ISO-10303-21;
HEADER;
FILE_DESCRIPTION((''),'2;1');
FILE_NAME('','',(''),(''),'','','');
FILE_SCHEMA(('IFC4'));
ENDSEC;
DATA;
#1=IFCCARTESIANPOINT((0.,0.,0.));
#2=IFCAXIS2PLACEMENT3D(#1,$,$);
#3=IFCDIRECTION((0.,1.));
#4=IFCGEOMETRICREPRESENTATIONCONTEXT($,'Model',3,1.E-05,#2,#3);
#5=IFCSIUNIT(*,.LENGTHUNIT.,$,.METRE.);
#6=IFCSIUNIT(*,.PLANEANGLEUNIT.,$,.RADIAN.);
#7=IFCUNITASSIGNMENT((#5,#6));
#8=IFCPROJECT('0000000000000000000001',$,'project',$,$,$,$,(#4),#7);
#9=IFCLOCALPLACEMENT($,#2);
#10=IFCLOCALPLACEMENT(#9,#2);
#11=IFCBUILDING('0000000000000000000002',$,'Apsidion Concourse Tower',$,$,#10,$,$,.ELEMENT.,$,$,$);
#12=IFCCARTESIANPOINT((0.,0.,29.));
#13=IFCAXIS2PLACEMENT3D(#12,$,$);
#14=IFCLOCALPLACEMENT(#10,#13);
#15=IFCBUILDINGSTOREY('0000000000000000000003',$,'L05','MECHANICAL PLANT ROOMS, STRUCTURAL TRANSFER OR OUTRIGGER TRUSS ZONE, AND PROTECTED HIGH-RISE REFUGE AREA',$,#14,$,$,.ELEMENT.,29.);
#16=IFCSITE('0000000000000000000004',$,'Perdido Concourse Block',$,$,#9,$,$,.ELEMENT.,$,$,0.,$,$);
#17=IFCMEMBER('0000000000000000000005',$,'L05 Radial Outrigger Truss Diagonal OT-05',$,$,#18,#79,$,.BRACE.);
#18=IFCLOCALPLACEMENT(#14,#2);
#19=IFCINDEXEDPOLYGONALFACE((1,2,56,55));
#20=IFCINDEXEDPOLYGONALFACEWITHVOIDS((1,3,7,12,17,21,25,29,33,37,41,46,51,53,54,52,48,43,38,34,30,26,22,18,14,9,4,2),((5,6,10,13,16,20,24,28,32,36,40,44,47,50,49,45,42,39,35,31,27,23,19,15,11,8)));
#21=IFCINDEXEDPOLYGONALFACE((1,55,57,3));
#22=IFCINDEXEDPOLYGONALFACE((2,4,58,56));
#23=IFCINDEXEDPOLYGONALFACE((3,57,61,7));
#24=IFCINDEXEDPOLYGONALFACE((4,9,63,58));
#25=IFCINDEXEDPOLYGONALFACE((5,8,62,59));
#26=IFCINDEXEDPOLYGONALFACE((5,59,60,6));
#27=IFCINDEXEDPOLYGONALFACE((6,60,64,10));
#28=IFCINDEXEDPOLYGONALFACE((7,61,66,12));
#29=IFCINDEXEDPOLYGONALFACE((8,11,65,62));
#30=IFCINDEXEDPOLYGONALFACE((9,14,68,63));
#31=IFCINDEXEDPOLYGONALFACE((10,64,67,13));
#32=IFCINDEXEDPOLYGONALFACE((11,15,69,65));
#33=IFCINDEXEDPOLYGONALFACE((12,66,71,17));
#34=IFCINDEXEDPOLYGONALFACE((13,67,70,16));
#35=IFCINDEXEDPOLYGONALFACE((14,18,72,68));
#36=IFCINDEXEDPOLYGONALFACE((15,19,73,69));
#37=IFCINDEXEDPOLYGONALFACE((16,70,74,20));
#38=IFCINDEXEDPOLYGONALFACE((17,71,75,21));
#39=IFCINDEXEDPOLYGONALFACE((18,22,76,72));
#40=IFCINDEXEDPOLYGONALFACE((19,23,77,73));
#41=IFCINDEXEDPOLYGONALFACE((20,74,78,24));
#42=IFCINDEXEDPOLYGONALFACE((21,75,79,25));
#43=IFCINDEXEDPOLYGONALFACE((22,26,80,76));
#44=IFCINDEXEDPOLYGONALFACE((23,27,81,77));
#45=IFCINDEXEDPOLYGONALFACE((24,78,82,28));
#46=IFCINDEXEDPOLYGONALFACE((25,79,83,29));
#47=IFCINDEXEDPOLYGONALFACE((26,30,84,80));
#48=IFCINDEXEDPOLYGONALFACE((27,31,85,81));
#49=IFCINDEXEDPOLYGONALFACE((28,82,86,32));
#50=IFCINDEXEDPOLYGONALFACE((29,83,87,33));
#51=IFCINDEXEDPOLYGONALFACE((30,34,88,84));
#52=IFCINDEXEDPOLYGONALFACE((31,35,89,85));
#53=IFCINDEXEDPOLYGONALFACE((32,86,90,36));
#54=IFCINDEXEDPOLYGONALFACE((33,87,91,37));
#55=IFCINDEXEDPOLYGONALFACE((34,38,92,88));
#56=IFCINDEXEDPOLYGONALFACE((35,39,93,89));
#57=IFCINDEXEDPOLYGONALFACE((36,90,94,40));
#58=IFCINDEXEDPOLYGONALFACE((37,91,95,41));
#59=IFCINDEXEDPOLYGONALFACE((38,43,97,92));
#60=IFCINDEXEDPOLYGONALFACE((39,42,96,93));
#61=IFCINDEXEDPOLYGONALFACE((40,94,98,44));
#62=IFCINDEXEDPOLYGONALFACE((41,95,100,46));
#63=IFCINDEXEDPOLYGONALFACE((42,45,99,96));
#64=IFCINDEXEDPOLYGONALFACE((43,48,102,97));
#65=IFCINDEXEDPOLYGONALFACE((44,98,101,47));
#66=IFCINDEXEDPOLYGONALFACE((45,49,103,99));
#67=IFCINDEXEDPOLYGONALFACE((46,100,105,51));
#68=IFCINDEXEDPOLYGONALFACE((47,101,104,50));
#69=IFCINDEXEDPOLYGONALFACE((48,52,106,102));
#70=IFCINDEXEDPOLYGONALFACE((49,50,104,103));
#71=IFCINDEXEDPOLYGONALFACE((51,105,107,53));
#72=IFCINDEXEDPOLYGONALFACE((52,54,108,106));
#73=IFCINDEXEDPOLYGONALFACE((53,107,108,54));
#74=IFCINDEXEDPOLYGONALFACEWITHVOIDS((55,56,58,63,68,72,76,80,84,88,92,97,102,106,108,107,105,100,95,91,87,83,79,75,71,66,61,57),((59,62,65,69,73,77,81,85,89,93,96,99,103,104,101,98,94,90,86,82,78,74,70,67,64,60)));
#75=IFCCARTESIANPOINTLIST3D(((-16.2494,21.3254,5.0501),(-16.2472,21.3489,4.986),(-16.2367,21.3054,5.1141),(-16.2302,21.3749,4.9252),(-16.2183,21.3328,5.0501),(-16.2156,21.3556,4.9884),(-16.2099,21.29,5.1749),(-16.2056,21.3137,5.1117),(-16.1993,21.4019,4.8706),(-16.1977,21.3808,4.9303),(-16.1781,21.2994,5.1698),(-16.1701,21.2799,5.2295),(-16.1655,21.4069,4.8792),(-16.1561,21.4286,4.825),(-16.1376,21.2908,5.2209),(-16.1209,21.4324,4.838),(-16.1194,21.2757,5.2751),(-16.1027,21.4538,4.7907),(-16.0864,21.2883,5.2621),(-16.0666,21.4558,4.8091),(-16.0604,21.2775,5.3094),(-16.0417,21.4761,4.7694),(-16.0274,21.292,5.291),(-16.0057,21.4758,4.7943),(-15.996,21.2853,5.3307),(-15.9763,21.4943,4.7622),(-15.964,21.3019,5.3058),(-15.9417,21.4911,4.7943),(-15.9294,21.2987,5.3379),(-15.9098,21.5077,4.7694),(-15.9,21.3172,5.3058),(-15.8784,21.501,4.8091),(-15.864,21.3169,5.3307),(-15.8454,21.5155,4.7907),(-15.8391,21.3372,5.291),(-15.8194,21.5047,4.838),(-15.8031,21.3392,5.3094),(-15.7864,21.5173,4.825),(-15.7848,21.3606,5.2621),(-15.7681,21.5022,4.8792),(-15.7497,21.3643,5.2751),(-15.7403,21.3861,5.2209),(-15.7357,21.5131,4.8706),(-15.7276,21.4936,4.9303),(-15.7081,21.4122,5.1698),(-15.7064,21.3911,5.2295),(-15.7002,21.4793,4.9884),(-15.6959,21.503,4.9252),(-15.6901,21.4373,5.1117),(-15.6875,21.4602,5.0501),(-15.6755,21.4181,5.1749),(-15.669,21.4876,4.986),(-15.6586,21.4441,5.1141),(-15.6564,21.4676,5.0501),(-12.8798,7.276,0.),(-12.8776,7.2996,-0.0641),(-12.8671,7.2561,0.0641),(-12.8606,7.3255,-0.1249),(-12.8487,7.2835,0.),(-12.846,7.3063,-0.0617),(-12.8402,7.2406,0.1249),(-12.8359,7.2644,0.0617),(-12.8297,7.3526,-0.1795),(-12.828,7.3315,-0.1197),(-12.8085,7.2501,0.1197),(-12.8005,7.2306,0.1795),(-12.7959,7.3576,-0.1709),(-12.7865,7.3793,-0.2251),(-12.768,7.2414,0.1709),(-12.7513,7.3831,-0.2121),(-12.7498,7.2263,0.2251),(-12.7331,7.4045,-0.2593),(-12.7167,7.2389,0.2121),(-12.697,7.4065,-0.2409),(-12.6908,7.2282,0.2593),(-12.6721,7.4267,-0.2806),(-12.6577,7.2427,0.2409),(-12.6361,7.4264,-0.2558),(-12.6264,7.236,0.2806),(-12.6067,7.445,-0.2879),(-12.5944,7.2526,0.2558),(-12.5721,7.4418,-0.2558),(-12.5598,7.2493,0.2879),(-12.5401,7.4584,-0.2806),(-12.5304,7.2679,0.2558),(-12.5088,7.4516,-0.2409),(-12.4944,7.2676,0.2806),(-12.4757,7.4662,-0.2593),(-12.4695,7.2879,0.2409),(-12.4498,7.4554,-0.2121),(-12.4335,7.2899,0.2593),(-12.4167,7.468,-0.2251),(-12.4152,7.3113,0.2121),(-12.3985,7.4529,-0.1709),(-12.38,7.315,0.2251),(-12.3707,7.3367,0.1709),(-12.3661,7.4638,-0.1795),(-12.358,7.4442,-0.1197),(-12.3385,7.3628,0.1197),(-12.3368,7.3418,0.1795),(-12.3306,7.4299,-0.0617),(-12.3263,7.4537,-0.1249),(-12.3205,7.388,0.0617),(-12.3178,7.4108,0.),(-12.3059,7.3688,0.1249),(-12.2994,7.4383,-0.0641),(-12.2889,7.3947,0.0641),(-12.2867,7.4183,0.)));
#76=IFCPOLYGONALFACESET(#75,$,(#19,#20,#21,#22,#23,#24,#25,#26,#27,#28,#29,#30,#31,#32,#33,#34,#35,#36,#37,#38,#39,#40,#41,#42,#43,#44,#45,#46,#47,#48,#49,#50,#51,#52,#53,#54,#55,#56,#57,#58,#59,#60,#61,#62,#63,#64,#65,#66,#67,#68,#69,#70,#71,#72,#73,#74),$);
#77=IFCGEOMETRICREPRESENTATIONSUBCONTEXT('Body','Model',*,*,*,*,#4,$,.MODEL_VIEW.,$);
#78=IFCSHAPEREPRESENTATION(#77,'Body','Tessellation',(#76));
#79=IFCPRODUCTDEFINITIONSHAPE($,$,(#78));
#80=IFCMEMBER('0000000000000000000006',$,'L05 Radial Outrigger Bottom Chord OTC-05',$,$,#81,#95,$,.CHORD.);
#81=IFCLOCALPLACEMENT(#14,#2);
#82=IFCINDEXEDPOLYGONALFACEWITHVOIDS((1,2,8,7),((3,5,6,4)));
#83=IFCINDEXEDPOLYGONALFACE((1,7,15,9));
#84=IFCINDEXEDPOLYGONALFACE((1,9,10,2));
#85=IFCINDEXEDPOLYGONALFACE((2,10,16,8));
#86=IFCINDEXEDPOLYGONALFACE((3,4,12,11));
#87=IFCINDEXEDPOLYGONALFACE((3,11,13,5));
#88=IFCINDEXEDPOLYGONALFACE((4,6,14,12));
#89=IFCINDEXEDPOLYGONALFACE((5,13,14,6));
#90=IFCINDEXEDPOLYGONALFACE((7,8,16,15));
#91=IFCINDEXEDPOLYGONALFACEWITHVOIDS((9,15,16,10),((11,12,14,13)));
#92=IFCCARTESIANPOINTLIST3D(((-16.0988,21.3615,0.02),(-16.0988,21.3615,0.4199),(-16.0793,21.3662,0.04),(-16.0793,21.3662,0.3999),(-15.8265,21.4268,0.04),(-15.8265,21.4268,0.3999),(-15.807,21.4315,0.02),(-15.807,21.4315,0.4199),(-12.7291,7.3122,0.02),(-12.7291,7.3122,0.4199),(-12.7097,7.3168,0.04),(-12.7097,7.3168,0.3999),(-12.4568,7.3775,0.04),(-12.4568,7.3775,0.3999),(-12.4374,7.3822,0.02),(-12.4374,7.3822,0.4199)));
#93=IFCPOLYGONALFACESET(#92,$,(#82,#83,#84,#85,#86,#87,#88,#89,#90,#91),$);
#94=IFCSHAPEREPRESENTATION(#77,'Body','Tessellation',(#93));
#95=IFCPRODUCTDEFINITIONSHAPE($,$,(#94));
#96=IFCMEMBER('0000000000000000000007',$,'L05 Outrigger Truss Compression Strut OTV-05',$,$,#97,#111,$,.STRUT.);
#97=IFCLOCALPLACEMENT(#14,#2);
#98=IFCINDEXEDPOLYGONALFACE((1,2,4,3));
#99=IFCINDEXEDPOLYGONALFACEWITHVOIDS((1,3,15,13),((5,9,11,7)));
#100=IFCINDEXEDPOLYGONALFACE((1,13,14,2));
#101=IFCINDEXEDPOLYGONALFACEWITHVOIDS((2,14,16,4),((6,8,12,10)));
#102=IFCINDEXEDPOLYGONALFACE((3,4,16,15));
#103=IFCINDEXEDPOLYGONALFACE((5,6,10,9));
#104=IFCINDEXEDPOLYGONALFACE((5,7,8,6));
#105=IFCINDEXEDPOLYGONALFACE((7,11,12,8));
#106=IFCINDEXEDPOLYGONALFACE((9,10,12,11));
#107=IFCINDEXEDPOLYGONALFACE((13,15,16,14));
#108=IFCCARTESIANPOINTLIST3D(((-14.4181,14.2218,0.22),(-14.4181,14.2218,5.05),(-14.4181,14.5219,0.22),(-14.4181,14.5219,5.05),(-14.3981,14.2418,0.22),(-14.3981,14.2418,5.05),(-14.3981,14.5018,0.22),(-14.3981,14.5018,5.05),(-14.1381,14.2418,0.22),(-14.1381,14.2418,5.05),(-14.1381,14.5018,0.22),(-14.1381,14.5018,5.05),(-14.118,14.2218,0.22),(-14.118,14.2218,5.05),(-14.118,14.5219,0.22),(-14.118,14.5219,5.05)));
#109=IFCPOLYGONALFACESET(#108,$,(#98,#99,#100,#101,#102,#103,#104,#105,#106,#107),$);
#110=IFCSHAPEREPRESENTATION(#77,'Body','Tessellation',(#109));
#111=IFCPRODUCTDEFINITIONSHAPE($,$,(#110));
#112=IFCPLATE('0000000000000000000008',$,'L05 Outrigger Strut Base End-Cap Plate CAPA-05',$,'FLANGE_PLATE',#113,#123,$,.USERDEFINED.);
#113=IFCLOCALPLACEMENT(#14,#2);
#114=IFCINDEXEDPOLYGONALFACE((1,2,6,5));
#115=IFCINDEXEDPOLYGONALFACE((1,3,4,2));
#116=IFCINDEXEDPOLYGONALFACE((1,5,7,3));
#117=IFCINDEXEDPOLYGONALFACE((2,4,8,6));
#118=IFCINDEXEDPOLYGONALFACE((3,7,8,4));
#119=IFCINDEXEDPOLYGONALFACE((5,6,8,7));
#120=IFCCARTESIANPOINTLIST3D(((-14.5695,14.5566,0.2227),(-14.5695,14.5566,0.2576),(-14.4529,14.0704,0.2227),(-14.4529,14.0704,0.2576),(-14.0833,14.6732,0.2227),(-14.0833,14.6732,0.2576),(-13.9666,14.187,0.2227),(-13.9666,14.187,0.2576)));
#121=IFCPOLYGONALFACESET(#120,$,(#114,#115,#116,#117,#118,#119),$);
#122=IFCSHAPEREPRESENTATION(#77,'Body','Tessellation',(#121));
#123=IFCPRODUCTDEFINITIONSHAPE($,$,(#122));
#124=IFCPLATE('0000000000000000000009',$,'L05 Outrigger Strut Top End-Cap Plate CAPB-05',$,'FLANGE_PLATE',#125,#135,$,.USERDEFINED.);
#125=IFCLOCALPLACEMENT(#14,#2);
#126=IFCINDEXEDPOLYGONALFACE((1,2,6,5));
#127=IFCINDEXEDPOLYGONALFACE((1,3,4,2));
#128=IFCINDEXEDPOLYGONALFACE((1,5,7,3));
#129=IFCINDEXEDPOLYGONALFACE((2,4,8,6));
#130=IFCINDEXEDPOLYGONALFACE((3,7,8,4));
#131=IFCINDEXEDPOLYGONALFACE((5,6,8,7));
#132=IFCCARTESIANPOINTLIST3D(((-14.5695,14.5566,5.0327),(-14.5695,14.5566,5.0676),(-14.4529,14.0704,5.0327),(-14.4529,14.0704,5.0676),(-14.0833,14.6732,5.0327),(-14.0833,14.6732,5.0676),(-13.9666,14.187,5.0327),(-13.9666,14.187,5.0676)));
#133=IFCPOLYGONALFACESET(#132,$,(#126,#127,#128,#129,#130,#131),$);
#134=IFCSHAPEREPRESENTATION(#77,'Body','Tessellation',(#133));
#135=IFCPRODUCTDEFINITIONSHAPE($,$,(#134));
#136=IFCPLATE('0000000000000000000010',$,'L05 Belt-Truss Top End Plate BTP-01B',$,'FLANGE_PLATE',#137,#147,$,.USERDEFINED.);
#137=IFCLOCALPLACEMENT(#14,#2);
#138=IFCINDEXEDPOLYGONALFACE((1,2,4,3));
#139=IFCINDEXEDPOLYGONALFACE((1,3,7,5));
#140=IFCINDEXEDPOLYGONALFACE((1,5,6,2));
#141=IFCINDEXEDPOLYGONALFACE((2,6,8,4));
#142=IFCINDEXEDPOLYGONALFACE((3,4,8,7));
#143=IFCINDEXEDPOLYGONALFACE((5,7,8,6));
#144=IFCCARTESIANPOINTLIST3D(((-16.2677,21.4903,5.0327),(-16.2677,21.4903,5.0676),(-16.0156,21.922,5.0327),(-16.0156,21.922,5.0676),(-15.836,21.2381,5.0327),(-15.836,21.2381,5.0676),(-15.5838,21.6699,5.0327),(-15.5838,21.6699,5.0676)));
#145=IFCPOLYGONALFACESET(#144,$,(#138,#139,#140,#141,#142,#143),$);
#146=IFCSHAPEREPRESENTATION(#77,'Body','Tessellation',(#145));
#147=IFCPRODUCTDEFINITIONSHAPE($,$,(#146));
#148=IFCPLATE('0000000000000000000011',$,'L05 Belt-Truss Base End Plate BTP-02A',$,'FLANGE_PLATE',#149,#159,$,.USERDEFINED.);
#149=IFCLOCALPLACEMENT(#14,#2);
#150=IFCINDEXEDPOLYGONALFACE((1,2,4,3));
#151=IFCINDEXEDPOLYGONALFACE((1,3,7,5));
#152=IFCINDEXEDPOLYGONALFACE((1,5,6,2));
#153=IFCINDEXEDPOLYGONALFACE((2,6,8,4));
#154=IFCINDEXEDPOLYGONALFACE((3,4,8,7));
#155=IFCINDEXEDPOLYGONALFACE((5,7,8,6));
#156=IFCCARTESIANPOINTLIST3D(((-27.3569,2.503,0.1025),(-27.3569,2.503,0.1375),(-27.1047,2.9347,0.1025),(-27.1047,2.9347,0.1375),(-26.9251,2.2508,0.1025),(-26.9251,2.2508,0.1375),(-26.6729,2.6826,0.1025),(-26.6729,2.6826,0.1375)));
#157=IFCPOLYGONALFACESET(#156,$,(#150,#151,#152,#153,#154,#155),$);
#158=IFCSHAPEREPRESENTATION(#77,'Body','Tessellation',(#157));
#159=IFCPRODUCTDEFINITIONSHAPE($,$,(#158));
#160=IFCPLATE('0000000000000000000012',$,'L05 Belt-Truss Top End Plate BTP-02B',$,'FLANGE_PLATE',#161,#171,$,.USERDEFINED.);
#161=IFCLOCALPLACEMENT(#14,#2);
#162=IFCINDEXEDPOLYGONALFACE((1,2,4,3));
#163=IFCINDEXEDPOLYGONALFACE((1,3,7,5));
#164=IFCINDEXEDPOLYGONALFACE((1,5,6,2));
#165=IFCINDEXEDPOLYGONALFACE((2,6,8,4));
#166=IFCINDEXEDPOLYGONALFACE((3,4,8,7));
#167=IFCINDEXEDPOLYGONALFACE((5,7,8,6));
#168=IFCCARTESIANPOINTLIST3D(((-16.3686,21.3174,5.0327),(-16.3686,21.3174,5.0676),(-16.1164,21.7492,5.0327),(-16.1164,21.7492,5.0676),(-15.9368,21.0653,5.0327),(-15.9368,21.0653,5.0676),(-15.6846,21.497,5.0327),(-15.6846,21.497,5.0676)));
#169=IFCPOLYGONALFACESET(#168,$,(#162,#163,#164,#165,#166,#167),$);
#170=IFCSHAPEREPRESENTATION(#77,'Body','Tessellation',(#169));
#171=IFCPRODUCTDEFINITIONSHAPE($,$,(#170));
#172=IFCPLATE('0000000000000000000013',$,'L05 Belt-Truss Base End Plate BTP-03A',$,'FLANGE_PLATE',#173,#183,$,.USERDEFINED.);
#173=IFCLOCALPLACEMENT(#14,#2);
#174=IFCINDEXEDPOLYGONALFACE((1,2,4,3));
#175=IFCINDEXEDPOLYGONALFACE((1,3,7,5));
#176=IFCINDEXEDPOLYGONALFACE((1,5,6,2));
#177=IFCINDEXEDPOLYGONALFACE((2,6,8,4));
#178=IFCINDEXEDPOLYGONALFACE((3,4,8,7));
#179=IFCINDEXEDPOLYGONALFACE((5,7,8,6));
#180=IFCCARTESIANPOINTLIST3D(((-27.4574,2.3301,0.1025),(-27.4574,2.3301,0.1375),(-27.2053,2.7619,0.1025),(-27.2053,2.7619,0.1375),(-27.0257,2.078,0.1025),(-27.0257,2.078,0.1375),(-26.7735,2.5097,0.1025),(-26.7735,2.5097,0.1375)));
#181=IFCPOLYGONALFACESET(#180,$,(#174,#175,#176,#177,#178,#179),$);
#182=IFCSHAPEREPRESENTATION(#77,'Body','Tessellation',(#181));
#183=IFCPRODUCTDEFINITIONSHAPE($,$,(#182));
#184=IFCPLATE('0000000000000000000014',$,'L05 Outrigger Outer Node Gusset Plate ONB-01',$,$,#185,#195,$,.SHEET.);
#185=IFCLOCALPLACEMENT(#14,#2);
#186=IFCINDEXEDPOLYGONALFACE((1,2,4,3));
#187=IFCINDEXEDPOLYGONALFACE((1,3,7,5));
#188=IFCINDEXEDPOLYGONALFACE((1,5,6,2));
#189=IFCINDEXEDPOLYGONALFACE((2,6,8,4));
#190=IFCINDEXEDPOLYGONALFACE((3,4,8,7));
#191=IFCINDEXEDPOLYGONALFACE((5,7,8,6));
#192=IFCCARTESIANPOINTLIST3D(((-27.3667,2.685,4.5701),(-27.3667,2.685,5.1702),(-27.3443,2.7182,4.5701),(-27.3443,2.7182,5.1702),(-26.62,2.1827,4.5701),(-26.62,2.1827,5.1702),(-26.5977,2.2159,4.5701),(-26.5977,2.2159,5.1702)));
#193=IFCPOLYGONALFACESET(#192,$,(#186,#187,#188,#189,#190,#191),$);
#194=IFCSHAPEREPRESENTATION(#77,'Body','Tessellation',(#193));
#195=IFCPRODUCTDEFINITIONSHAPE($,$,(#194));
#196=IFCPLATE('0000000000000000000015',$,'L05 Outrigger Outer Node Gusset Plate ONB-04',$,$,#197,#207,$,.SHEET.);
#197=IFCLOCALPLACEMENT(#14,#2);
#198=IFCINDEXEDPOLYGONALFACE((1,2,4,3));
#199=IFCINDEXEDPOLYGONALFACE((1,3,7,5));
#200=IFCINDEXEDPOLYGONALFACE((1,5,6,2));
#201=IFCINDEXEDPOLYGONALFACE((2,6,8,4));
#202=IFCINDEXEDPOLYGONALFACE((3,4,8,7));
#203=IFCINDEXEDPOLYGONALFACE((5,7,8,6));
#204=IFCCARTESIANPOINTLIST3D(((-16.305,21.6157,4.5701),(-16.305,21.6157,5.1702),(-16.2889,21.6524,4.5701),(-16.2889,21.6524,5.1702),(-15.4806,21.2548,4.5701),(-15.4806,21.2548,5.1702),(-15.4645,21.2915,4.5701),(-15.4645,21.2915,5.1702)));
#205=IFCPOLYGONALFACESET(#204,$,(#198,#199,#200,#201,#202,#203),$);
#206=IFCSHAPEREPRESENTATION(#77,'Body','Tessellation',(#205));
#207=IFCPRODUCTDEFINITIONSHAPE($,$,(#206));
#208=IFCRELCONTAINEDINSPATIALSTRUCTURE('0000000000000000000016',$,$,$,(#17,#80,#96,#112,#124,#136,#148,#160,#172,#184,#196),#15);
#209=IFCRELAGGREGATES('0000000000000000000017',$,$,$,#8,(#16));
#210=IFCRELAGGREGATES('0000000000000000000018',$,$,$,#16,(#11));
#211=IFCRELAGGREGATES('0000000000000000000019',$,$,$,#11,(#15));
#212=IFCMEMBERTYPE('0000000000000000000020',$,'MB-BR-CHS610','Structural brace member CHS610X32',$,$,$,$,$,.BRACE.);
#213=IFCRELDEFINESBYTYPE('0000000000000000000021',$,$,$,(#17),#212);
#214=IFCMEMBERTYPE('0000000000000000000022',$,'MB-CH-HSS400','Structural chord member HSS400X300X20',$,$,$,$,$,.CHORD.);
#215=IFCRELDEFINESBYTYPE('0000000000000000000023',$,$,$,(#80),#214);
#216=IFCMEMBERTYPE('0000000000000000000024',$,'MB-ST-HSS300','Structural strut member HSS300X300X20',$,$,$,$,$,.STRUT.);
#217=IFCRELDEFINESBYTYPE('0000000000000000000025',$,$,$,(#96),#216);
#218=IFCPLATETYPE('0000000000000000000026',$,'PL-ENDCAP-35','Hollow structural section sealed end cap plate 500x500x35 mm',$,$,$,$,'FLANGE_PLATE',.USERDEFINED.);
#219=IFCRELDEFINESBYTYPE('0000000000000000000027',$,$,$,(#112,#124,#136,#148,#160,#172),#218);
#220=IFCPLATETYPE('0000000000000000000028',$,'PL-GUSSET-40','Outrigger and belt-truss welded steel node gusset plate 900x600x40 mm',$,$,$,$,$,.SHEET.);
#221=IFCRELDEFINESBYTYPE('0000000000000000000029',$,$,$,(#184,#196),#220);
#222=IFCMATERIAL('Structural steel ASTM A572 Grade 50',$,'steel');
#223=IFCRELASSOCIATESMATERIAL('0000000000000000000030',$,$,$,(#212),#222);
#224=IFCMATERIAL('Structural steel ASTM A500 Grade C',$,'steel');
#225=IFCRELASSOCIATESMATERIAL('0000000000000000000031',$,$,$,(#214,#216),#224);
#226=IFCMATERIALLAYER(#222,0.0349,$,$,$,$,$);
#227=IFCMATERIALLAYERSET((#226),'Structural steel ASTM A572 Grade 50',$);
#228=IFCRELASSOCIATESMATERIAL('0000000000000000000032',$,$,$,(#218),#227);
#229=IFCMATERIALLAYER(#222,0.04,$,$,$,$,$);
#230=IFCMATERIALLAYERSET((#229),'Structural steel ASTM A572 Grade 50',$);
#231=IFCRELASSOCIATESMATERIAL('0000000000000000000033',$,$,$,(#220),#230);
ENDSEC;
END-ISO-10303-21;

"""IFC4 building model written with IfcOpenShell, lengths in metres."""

from ifc_helpers import new_model, si_unit, direction, frame, origin, origin_2d, place, context, subcontext, project, spatial, rectangle, hollow_rectangle, hollow_circle, extrude, material, layer, layer_set, material_profile, profile_set, type_object, element, save


model = new_model("IFC4")

# Units and contexts
model_context = context("Model", 3, precision=1e-05, world=origin(), true_north=direction((0.0, 1.0)))
body_context = subcontext(model_context, "Body", "Model", "MODEL_VIEW")
ifc_project = project(units=[si_unit("LENGTHUNIT", "METRE"), si_unit("PLANEANGLEUNIT", "RADIAN")], contexts=[model_context])

# Site, building, storey
site_placement = place(None, origin())
site = spatial("IfcSite", under=ifc_project, at=site_placement, Name="Perdido Concourse Block", CompositionType="ELEMENT", RefElevation=0.0)
building_placement = place(site_placement, origin())
building = spatial("IfcBuilding", under=site, at=building_placement, Name="Apsidion Concourse Tower", CompositionType="ELEMENT")
storey_placement = place(building_placement, frame((0.0, 0.0, 29.0)))
storey = spatial("IfcBuildingStorey", under=building, at=storey_placement, Name="L05", Description="MECHANICAL PLANT ROOMS, STRUCTURAL TRANSFER OR OUTRIGGER TRUSS ZONE, AND PROTECTED HIGH-RISE REFUGE AREA", CompositionType="ELEMENT", Elevation=29.0)

# Shared definitions
ifc_material_1 = material(Name="Structural steel ASTM A572 Grade 50", Category="steel")

# Members
ifc_material_2 = material(Name="Structural steel ASTM A500 Grade C", Category="steel")
ifc_material_profile_1 = material_profile(ifc_material_1, hollow_circle(Radius=0.3049, WallThickness=0.032, at=origin_2d()), Name="CHS610X32")
ifc_profile_set_1 = profile_set([ifc_material_profile_1], Name="Structural steel ASTM A572 Grade 50")
member_type_1 = type_object("IfcMemberType", Name="MB-BR-CHS610", Description="Structural brace member CHS610X32", PredefinedType="BRACE", material=ifc_profile_set_1)
member_1_placement = place(storey_placement, frame((-12.5833, 7.3472, 0.0), z_axis=(-0.220166, 0.917961, 0.329962), x_axis=(-0.972422, -0.233229, 0.0)))
element("IfcMember", 1, at=member_1_placement, inside=storey, type_object=member_type_1, Name="L05 Radial Outrigger Truss Diagonal OT-05", PredefinedType="BRACE", context=body_context, shape_type="SweptSolid", body=[
    extrude(hollow_circle(Radius=0.3049, WallThickness=0.032, at=origin_2d()), origin(), (0.0, 0.0, 1.0), 15.3049),
])
ifc_material_profile_2 = material_profile(ifc_material_2, hollow_rectangle(XDim=0.3, YDim=0.3999, WallThickness=0.02, at=origin_2d()), Name="HSS400X300X20")
ifc_profile_set_2 = profile_set([ifc_material_profile_2], Name="Structural steel ASTM A500 Grade C")
member_type_2 = type_object("IfcMemberType", Name="MB-CH-HSS400", Description="Structural chord member HSS400X300X20", PredefinedType="CHORD", material=ifc_profile_set_2)
member_2_placement = place(storey_placement, frame((-12.5833, 7.3472, 0.22), z_axis=(-0.233229, 0.972422, 0.0), x_axis=(-0.972422, -0.233229, 0.0)))
element("IfcMember", 2, at=member_2_placement, inside=storey, type_object=member_type_2, Name="L05 Radial Outrigger Bottom Chord OTC-05", PredefinedType="CHORD", context=body_context, shape_type="SweptSolid", body=[
    extrude(hollow_rectangle(XDim=0.3, YDim=0.3999, WallThickness=0.02, at=origin_2d()), origin(), (0.0, 0.0, 1.0), 14.4478),
])
ifc_material_profile_3 = material_profile(ifc_material_2, hollow_rectangle(XDim=0.3, YDim=0.3, WallThickness=0.02, at=origin_2d()), Name="HSS300X300X20")
ifc_profile_set_3 = profile_set([ifc_material_profile_3], Name="Structural steel ASTM A500 Grade C")
member_type_3 = type_object("IfcMemberType", Name="MB-ST-HSS300", Description="Structural strut member HSS300X300X20", PredefinedType="STRUT", material=ifc_profile_set_3)
member_3_placement = place(storey_placement, frame((-14.2681, 14.3718, 0.22), z_axis=(0.0, 0.0, 1.0), x_axis=(1.0, 0.0, 0.0)))
element("IfcMember", 3, at=member_3_placement, inside=storey, type_object=member_type_3, Name="L05 Outrigger Truss Compression Strut OTV-05", PredefinedType="STRUT", context=body_context, shape_type="SweptSolid", body=[
    extrude(hollow_rectangle(XDim=0.3, YDim=0.3, WallThickness=0.02, at=origin_2d()), origin(), (0.0, 0.0, 1.0), 4.8301),
])

# Plates
ifc_layer_1 = layer(ifc_material_1, 0.0349)
ifc_layer_set_1 = layer_set([ifc_layer_1], Name="Structural steel ASTM A572 Grade 50")
plate_type_1 = type_object("IfcPlateType", Name="PL-ENDCAP-35", Description="Hollow structural section sealed end cap plate 500x500x35 mm", ElementType="FLANGE_PLATE", PredefinedType="USERDEFINED", material=ifc_layer_set_1)
for number, where, z_axis, x_axis, name in (
    (4, (-14.2681, 14.3718, 0.2227), (0.0, 0.0, 1.0), (-0.233276, 0.972411, 0.0), "L05 Outrigger Strut Base End-Cap Plate CAPA-05"),
    (5, (-14.2681, 14.3718, 5.0327), (0.0, 0.0, 1.0), (-0.233276, 0.972411, 0.0), "L05 Outrigger Strut Top End-Cap Plate CAPB-05"),
    (6, (-15.9258, 21.5801, 5.0327), (0.0, 0.0, 1.0), (0.504377, 0.863484, 0.0), "L05 Belt-Truss Top End Plate BTP-01B"),
    (7, (-27.0149, 2.5928, 0.1025), (0.0, 0.0, 1.0), (0.504377, 0.863484, 0.0), "L05 Belt-Truss Base End Plate BTP-02A"),
    (8, (-16.0266, 21.4072, 5.0327), (0.0, 0.0, 1.0), (0.504377, 0.863484, 0.0), "L05 Belt-Truss Top End Plate BTP-02B"),
    (9, (-27.1155, 2.4199, 0.1025), (0.0, 0.0, 1.0), (0.504377, 0.863484, 0.0), "L05 Belt-Truss Base End Plate BTP-03A"),
):
    element("IfcPlate", number, at=place(storey_placement, frame(where, z_axis=z_axis, x_axis=x_axis)), inside=storey, type_object=plate_type_1, Name=name, ObjectType="FLANGE_PLATE", PredefinedType="USERDEFINED", context=body_context, shape_type="SweptSolid", body=[
        extrude(rectangle(XDim=0.5, YDim=0.5, at=origin_2d()), origin(), (0.0, 0.0, 1.0), 0.0349),
    ])
ifc_layer_2 = layer(ifc_material_1, 0.04)
ifc_layer_set_2 = layer_set([ifc_layer_2], Name="Structural steel ASTM A572 Grade 50")
plate_type_2 = type_object("IfcPlateType", Name="PL-GUSSET-40", Description="Outrigger and belt-truss welded steel node gusset plate 900x600x40 mm", PredefinedType="SHEET", material=ifc_layer_set_2)
for number, where, z_axis, x_axis, name in (
    (10, (-26.9822, 2.4504, 4.5701), (0.0, 0.0, 1.0), (-0.82972, 0.55818, 0.0), "L05 Outrigger Outer Node Gusset Plate ONB-01"),
    (11, (-15.8848, 21.4536, 4.5701), (0.0, 0.0, 1.0), (-0.916083, 0.400989, 0.0), "L05 Outrigger Outer Node Gusset Plate ONB-04"),
):
    element("IfcPlate", number, at=place(storey_placement, frame(where, z_axis=z_axis, x_axis=x_axis)), inside=storey, type_object=plate_type_2, Name=name, PredefinedType="SHEET", context=body_context, shape_type="SweptSolid", body=[
        extrude(rectangle(XDim=0.8999, YDim=0.04, at=origin_2d()), origin(), (0.0, 0.0, 1.0), 0.6001),
    ])

save(model, "model.ifc")
